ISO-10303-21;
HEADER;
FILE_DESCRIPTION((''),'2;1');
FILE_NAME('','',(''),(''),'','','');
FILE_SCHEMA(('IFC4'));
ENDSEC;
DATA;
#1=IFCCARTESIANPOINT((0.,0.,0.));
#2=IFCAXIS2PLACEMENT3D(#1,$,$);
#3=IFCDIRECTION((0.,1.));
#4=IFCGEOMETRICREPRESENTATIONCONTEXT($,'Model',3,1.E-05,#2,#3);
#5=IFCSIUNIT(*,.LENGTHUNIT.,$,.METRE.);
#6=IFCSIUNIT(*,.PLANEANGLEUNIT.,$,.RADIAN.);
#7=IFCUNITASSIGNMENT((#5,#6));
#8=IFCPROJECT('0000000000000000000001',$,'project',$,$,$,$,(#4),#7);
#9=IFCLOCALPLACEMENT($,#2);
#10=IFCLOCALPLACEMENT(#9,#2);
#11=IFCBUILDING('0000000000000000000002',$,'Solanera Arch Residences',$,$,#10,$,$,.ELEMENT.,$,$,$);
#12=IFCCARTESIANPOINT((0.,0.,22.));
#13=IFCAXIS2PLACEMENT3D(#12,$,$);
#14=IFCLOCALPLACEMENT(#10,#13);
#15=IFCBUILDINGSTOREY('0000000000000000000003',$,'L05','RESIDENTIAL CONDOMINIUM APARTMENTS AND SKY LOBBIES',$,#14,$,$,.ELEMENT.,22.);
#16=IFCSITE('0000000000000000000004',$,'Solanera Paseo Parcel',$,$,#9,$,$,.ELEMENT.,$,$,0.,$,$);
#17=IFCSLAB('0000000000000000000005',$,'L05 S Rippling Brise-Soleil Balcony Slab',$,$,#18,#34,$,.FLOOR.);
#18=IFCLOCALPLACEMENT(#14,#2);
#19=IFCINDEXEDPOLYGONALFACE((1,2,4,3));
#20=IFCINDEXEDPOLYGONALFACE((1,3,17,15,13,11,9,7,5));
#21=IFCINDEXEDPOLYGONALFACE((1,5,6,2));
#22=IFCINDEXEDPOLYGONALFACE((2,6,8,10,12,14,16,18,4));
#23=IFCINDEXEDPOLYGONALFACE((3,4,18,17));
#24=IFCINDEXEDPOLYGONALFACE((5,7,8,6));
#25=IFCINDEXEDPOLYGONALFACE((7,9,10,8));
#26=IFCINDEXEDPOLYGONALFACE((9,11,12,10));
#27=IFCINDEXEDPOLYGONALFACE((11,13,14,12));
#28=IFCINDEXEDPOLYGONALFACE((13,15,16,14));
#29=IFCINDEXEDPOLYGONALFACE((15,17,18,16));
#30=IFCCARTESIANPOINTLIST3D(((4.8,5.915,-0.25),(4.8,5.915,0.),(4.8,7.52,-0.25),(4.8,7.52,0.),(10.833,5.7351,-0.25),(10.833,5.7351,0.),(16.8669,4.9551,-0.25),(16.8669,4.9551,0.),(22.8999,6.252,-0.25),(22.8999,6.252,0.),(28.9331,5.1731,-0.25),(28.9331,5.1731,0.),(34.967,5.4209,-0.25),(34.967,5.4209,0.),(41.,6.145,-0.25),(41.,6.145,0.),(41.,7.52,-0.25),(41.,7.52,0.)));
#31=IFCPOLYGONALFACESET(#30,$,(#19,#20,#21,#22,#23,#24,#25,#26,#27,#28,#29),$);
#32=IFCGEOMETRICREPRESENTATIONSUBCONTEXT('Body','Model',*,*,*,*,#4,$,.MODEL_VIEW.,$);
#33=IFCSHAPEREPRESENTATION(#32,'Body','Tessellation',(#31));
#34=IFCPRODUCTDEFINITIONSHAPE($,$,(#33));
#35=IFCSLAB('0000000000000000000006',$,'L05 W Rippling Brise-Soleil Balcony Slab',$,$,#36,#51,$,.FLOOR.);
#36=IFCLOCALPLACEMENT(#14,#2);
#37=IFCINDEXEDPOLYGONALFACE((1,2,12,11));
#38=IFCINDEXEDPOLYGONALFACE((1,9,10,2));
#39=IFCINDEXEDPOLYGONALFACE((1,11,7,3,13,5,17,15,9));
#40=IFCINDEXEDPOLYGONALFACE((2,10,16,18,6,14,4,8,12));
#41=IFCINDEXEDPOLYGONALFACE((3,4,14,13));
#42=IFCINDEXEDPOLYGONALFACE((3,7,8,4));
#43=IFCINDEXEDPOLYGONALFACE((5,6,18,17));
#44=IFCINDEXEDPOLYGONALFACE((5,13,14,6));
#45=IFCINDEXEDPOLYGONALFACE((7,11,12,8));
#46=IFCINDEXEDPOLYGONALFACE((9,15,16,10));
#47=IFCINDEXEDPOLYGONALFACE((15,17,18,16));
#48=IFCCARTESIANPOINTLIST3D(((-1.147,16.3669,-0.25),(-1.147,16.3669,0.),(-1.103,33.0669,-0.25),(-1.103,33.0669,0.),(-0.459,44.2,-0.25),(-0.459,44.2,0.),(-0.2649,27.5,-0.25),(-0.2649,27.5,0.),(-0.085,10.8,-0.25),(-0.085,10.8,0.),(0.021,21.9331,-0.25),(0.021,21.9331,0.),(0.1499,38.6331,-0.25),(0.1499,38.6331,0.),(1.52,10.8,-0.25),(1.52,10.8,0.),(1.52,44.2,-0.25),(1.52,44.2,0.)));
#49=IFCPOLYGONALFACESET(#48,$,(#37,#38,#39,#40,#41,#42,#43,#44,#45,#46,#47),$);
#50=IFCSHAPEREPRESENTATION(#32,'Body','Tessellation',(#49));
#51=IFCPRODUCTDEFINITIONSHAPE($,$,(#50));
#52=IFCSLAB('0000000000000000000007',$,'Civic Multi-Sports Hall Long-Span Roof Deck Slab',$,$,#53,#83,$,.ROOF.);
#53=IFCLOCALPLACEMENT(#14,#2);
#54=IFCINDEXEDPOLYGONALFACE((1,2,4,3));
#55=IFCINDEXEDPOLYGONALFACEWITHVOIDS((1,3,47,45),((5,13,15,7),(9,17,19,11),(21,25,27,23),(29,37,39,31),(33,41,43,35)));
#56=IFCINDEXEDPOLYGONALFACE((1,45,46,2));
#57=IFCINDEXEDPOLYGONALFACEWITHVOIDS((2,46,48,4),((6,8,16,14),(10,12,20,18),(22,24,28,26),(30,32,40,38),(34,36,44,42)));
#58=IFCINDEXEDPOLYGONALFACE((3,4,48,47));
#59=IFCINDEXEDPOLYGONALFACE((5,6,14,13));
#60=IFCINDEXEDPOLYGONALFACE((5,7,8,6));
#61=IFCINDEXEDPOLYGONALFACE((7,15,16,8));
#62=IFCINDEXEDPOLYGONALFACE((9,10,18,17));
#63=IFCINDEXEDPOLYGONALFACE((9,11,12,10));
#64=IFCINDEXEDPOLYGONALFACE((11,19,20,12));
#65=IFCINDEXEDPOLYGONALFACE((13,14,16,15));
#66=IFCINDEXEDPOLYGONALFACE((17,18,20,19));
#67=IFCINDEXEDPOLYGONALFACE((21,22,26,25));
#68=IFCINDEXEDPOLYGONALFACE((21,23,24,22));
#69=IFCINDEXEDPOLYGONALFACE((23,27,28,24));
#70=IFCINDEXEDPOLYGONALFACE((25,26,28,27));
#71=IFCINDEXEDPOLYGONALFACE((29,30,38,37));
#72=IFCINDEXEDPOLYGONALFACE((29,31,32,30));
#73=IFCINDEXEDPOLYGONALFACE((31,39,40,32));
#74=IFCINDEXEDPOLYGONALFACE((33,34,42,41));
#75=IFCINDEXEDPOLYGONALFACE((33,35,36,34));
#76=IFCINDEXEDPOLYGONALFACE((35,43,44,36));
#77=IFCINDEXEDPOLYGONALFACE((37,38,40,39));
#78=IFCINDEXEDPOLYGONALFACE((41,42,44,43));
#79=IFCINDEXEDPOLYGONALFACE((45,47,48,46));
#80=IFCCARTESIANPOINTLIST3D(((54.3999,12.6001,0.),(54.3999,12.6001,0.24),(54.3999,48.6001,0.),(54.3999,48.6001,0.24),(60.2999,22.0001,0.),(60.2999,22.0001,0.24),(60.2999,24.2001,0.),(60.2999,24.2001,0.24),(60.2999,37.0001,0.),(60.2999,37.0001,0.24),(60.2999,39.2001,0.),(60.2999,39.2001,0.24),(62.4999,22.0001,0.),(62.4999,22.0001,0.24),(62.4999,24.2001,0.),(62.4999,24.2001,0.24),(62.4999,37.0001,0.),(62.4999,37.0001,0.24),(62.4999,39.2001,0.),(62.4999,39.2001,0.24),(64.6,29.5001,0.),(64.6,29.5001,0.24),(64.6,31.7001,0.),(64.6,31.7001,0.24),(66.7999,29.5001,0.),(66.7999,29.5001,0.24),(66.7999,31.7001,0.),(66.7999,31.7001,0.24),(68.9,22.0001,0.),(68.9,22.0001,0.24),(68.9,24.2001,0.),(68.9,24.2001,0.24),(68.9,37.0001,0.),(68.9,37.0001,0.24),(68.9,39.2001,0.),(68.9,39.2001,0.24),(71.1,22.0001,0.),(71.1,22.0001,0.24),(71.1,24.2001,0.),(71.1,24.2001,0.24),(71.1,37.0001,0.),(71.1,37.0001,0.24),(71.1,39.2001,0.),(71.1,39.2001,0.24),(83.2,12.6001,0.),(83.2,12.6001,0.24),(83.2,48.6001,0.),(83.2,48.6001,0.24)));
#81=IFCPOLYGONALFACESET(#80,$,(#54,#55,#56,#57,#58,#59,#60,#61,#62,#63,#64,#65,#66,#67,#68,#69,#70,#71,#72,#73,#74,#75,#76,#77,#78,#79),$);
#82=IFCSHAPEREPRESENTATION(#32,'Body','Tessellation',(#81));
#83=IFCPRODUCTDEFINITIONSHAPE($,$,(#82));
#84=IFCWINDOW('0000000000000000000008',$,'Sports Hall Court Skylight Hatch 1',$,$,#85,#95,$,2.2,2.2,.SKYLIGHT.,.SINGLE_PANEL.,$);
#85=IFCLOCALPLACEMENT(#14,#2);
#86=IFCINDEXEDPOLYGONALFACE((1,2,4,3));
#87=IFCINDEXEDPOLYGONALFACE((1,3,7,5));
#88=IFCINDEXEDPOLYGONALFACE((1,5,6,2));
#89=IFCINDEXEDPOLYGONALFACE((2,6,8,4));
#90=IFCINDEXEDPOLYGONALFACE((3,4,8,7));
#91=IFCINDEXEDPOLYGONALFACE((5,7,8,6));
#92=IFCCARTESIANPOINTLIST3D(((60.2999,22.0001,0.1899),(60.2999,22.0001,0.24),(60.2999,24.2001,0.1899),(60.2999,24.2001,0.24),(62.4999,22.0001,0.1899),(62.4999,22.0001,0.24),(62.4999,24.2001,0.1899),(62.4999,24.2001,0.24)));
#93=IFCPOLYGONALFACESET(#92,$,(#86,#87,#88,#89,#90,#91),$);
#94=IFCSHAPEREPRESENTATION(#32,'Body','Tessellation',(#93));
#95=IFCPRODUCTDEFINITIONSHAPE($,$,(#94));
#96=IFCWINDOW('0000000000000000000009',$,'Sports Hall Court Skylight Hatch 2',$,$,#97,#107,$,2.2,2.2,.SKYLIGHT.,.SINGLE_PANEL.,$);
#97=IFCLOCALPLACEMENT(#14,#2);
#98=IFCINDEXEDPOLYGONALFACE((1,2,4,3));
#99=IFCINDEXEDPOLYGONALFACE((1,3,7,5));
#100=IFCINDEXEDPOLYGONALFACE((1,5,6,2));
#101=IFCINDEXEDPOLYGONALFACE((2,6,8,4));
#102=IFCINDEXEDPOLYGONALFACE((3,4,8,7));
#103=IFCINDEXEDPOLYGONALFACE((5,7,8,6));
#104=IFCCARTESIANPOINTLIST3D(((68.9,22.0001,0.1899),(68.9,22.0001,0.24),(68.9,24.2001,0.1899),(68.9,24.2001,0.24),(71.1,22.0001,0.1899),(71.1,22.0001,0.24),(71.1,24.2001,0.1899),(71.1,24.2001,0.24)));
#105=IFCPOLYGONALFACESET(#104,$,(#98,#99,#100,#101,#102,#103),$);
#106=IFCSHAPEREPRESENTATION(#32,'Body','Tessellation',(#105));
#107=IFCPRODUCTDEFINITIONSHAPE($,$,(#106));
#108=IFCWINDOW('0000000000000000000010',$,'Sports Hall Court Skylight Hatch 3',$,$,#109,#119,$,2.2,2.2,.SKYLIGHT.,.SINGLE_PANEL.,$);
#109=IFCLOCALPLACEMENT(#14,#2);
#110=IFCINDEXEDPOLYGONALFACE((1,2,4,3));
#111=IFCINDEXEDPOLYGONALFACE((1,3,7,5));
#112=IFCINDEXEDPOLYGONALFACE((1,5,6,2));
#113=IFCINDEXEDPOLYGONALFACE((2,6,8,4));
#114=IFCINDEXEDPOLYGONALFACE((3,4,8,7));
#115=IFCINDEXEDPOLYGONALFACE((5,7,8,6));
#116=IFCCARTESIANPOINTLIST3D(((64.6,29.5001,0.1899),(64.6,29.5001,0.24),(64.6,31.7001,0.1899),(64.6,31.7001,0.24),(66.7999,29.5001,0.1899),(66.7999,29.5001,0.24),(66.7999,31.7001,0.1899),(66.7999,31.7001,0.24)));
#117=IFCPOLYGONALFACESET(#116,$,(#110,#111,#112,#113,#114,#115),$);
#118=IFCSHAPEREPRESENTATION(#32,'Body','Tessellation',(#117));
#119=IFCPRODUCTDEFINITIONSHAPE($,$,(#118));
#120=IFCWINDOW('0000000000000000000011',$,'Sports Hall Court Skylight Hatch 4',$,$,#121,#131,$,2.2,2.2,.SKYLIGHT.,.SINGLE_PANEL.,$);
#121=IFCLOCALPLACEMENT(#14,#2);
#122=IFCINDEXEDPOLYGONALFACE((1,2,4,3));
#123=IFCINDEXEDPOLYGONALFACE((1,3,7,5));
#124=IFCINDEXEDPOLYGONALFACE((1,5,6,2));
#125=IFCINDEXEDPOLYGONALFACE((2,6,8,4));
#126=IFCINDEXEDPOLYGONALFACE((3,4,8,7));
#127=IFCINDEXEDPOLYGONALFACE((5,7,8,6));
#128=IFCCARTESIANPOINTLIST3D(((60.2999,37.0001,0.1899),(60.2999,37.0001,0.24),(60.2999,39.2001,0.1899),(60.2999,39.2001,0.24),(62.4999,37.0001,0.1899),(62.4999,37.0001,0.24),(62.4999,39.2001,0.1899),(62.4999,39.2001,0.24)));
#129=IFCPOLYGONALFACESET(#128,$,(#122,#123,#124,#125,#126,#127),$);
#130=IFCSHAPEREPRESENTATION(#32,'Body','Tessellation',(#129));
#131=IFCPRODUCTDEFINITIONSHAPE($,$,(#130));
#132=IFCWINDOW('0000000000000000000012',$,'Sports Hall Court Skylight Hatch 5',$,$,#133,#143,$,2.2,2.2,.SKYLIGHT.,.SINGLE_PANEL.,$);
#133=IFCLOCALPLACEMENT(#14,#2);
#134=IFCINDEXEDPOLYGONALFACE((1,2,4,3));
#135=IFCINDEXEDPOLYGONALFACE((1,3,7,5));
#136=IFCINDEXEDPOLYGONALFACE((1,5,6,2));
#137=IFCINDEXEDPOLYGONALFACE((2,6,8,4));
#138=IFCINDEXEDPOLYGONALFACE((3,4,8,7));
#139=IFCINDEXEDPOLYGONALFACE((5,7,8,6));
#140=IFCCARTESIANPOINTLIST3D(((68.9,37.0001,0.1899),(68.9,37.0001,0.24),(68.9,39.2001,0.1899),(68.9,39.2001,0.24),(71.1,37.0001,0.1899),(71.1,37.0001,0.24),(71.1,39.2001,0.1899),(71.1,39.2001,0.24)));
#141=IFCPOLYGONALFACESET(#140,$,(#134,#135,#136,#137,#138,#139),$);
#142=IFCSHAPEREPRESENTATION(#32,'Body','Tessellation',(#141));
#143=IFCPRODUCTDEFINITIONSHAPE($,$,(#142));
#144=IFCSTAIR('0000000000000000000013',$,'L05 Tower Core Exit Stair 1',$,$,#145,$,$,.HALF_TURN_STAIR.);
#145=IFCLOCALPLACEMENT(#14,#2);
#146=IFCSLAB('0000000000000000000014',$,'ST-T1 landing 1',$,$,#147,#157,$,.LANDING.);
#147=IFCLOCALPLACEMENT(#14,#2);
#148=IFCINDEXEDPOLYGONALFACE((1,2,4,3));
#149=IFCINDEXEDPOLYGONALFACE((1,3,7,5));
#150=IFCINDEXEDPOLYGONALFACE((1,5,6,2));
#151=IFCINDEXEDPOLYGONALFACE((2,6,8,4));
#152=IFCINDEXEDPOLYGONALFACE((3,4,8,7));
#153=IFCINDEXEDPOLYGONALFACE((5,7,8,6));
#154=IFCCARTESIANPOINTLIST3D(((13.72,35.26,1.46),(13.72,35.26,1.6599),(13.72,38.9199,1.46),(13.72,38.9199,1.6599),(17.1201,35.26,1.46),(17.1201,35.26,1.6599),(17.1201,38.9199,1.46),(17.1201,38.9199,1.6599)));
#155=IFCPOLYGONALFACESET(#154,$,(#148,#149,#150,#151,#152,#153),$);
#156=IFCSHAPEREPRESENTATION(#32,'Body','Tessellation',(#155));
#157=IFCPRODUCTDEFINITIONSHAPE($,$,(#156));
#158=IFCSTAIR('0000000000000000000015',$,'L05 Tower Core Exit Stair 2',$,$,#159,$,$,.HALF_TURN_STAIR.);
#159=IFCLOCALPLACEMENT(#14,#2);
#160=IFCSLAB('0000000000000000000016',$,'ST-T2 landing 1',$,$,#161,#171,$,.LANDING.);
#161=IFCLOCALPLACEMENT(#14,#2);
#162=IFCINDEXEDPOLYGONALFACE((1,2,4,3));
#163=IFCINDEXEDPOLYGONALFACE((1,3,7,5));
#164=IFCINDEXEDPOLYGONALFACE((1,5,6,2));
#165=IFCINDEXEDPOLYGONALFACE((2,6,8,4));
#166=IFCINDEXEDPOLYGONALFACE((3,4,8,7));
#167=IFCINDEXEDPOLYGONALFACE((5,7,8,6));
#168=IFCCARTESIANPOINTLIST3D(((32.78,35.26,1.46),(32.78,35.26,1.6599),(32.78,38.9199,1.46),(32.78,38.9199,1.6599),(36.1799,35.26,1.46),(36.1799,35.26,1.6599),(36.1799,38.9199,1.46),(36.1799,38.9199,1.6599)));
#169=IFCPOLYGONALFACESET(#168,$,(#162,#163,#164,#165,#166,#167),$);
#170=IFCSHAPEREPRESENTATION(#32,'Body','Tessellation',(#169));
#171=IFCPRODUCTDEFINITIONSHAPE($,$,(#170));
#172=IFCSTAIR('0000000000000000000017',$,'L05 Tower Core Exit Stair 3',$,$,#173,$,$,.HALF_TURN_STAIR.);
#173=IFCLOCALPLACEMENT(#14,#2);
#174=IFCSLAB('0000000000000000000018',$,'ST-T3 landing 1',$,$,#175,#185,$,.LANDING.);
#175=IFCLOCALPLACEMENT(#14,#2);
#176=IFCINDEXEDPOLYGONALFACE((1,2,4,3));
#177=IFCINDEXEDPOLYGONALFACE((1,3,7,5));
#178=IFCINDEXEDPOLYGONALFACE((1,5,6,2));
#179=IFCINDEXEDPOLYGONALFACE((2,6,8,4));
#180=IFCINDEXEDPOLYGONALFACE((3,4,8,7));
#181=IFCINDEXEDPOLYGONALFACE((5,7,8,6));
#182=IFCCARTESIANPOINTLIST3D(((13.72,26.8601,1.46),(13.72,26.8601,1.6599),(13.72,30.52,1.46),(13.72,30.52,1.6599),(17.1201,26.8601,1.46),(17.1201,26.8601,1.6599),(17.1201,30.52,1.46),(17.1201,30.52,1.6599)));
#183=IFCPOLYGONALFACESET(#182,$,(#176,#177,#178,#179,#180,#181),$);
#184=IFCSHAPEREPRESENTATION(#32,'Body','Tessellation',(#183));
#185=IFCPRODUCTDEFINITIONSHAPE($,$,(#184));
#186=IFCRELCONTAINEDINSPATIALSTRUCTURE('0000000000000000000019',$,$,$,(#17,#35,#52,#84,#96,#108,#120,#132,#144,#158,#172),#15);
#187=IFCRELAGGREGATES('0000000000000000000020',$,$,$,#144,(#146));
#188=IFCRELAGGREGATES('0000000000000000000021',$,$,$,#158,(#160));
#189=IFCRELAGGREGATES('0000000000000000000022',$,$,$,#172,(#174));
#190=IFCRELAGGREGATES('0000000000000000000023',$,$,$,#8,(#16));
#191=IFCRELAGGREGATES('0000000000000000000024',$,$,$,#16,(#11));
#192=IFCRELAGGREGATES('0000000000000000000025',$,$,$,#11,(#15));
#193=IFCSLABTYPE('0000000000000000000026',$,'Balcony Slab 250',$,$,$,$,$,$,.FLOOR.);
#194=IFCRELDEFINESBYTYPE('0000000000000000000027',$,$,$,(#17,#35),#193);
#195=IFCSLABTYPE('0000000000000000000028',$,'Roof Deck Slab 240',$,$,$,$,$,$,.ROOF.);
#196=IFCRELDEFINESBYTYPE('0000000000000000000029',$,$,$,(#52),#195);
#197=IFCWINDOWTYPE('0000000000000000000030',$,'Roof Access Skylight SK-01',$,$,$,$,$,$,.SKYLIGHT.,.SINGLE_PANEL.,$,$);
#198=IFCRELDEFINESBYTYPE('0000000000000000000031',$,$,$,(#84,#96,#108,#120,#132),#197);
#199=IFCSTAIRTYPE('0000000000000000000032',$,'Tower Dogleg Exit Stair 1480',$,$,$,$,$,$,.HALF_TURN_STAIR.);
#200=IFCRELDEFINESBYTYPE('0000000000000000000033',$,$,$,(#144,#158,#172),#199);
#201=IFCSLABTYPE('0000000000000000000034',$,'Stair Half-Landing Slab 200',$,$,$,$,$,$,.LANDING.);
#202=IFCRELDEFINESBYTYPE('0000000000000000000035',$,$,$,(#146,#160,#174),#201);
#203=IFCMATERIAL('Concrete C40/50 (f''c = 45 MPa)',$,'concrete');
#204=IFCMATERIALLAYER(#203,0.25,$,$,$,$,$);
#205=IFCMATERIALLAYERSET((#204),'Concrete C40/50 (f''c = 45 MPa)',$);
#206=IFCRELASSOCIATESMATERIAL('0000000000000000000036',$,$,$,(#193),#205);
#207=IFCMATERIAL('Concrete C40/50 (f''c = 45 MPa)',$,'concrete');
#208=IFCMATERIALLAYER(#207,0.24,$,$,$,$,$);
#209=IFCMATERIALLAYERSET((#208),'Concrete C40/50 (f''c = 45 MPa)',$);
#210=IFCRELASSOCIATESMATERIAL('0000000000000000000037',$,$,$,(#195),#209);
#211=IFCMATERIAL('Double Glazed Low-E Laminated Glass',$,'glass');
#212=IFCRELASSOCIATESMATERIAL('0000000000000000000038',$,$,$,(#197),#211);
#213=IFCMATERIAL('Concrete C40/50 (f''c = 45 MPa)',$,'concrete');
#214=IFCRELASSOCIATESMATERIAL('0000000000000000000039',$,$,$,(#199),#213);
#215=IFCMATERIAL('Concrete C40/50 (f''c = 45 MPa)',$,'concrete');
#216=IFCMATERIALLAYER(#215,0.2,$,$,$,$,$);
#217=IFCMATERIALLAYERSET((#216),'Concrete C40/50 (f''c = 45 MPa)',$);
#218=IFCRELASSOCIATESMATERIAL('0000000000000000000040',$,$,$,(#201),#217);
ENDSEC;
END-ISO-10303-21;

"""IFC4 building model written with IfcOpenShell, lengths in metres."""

from ifc_helpers import new_model, si_unit, direction, frame, origin, origin_2d, place, context, subcontext, project, spatial, polyline, rectangle, outline, extrude, material, layer, layer_set, type_object, element, fill, aggregate, save


model = new_model("IFC4")

# Units and contexts
model_context = context("Model", 3, precision=1e-05, world=origin(), true_north=direction((0.0, 1.0)))
body_context = subcontext(model_context, "Body", "Model", "MODEL_VIEW")
ifc_project = project(units=[si_unit("LENGTHUNIT", "METRE"), si_unit("PLANEANGLEUNIT", "RADIAN")], contexts=[model_context])

# Site, building, storey
site_placement = place(None, origin())
site = spatial("IfcSite", under=ifc_project, at=site_placement, Name="Solanera Paseo Parcel", CompositionType="ELEMENT", RefElevation=0.0)
building_placement = place(site_placement, origin())
building = spatial("IfcBuilding", under=site, at=building_placement, Name="Solanera Arch Residences", CompositionType="ELEMENT")
storey_placement = place(building_placement, frame((0.0, 0.0, 22.0)))
storey = spatial("IfcBuildingStorey", under=building, at=storey_placement, Name="L05", Description="RESIDENTIAL CONDOMINIUM APARTMENTS AND SKY LOBBIES", CompositionType="ELEMENT", Elevation=22.0)

# Slabs
ifc_material_1 = material(Name="Concrete C40/50 (f'c = 45 MPa)", Category="concrete")
ifc_layer_1 = layer(ifc_material_1, 0.25)
ifc_layer_set_1 = layer_set([ifc_layer_1], Name="Concrete C40/50 (f'c = 45 MPa)")
slab_type_1 = type_object("IfcSlabType", Name="Balcony Slab 250", PredefinedType="FLOOR", material=ifc_layer_set_1)
slab_1_placement = place(storey_placement, frame((0.0, 0.0, -0.25)))
element("IfcSlab", 1, at=slab_1_placement, inside=storey, type_object=slab_type_1, Name="L05 S Rippling Brise-Soleil Balcony Slab", PredefinedType="FLOOR", context=body_context, shape_type="SweptSolid", body=[
    extrude(outline(polyline([(4.8, 5.915), (10.833, 5.7351), (16.8669, 4.9551), (22.8999, 6.252), (28.9331, 5.1731), (34.967, 5.4209), (41.0, 6.145), (41.0, 7.52), (4.8, 7.52), (4.8, 5.915)])), origin(), (0.0, 0.0, 1.0), 0.25),
])
slab_2_placement = place(storey_placement, frame((0.0, 0.0, -0.25)))
element("IfcSlab", 2, at=slab_2_placement, inside=storey, type_object=slab_type_1, Name="L05 W Rippling Brise-Soleil Balcony Slab", PredefinedType="FLOOR", context=body_context, shape_type="SweptSolid", body=[
    extrude(outline(polyline([(-0.459, 44.2), (0.1499, 38.6331), (-1.103, 33.0669), (-0.2649, 27.5), (0.021, 21.9331), (-1.147, 16.3669), (-0.085, 10.8), (1.52, 10.8), (1.52, 44.2), (-0.459, 44.2)])), origin(), (0.0, 0.0, 1.0), 0.25),
])

# Slab, openings, windows
ifc_material_2 = material(Name="Concrete C40/50 (f'c = 45 MPa)", Category="concrete")
ifc_layer_2 = layer(ifc_material_2, 0.24)
ifc_layer_set_2 = layer_set([ifc_layer_2], Name="Concrete C40/50 (f'c = 45 MPa)")
slab_type_2 = type_object("IfcSlabType", Name="Roof Deck Slab 240", PredefinedType="ROOF", material=ifc_layer_set_2)
slab_3_placement = place(storey_placement, origin())
slab_3 = element("IfcSlab", 3, at=slab_3_placement, inside=storey, type_object=slab_type_2, Name="Civic Multi-Sports Hall Long-Span Roof Deck Slab", PredefinedType="ROOF", context=body_context, shape_type="SweptSolid", body=[
    extrude(outline(polyline([(54.3999, 12.6001), (83.2, 12.6001), (83.2, 48.6001), (54.3999, 48.6001), (54.3999, 12.6001)])), origin(), (0.0, 0.0, 1.0), 0.24),
])
opening_1_placement = place(slab_3_placement, frame((61.3999, 23.1001, 0.0)))
opening_1 = element("IfcOpeningElement", 4, at=opening_1_placement, cuts=slab_3, PredefinedType="OPENING", context=body_context, shape_type="SweptSolid", body=[
    extrude(rectangle(XDim=2.2, YDim=2.2, at=origin_2d()), origin(), (0.0, 0.0, 1.0), 0.24),
])
opening_2_placement = place(slab_3_placement, frame((70.0, 23.1001, 0.0)))
opening_2 = element("IfcOpeningElement", 5, at=opening_2_placement, cuts=slab_3, PredefinedType="OPENING", context=body_context, shape_type="SweptSolid", body=[
    extrude(rectangle(XDim=2.2, YDim=2.2, at=origin_2d()), origin(), (0.0, 0.0, 1.0), 0.24),
])
opening_3_placement = place(slab_3_placement, frame((65.7, 30.6001, 0.0)))
opening_3 = element("IfcOpeningElement", 6, at=opening_3_placement, cuts=slab_3, PredefinedType="OPENING", context=body_context, shape_type="SweptSolid", body=[
    extrude(rectangle(XDim=2.2, YDim=2.2, at=origin_2d()), origin(), (0.0, 0.0, 1.0), 0.24),
])
opening_4_placement = place(slab_3_placement, frame((61.3999, 38.1001, 0.0)))
opening_4 = element("IfcOpeningElement", 7, at=opening_4_placement, cuts=slab_3, PredefinedType="OPENING", context=body_context, shape_type="SweptSolid", body=[
    extrude(rectangle(XDim=2.2, YDim=2.2, at=origin_2d()), origin(), (0.0, 0.0, 1.0), 0.24),
])
opening_5_placement = place(slab_3_placement, frame((70.0, 38.1001, 0.0)))
opening_5 = element("IfcOpeningElement", 8, at=opening_5_placement, cuts=slab_3, PredefinedType="OPENING", context=body_context, shape_type="SweptSolid", body=[
    extrude(rectangle(XDim=2.2, YDim=2.2, at=origin_2d()), origin(), (0.0, 0.0, 1.0), 0.24),
])
ifc_material_3 = material(Name="Double Glazed Low-E Laminated Glass", Category="glass")
window_type = type_object("IfcWindowType", Name="Roof Access Skylight SK-01", PartitioningType="SINGLE_PANEL", PredefinedType="SKYLIGHT", material=ifc_material_3)
window_1_placement = place(opening_1_placement, frame((0.0, 0.0, 0.1899)))
window_1 = element("IfcWindow", 9, at=window_1_placement, inside=storey, type_object=window_type, Name="Sports Hall Court Skylight Hatch 1", OverallHeight=2.2, OverallWidth=2.2, PartitioningType="SINGLE_PANEL", PredefinedType="SKYLIGHT", context=body_context, shape_type="SweptSolid", body=[
    extrude(rectangle(XDim=2.2, YDim=2.2, at=origin_2d()), origin(), (0.0, 0.0, 1.0), 0.05),
])
fill(opening_1, window_1)
window_2_placement = place(opening_2_placement, frame((0.0, 0.0, 0.1899)))
window_2 = element("IfcWindow", 10, at=window_2_placement, inside=storey, type_object=window_type, Name="Sports Hall Court Skylight Hatch 2", OverallHeight=2.2, OverallWidth=2.2, PartitioningType="SINGLE_PANEL", PredefinedType="SKYLIGHT", context=body_context, shape_type="SweptSolid", body=[
    extrude(rectangle(XDim=2.2, YDim=2.2, at=origin_2d()), origin(), (0.0, 0.0, 1.0), 0.05),
])
fill(opening_2, window_2)
window_3_placement = place(opening_3_placement, frame((0.0, 0.0, 0.1899)))
window_3 = element("IfcWindow", 11, at=window_3_placement, inside=storey, type_object=window_type, Name="Sports Hall Court Skylight Hatch 3", OverallHeight=2.2, OverallWidth=2.2, PartitioningType="SINGLE_PANEL", PredefinedType="SKYLIGHT", context=body_context, shape_type="SweptSolid", body=[
    extrude(rectangle(XDim=2.2, YDim=2.2, at=origin_2d()), origin(), (0.0, 0.0, 1.0), 0.05),
])
fill(opening_3, window_3)
window_4_placement = place(opening_4_placement, frame((0.0, 0.0, 0.1899)))
window_4 = element("IfcWindow", 12, at=window_4_placement, inside=storey, type_object=window_type, Name="Sports Hall Court Skylight Hatch 4", OverallHeight=2.2, OverallWidth=2.2, PartitioningType="SINGLE_PANEL", PredefinedType="SKYLIGHT", context=body_context, shape_type="SweptSolid", body=[
    extrude(rectangle(XDim=2.2, YDim=2.2, at=origin_2d()), origin(), (0.0, 0.0, 1.0), 0.05),
])
fill(opening_4, window_4)
window_5_placement = place(opening_5_placement, frame((0.0, 0.0, 0.1899)))
window_5 = element("IfcWindow", 13, at=window_5_placement, inside=storey, type_object=window_type, Name="Sports Hall Court Skylight Hatch 5", OverallHeight=2.2, OverallWidth=2.2, PartitioningType="SINGLE_PANEL", PredefinedType="SKYLIGHT", context=body_context, shape_type="SweptSolid", body=[
    extrude(rectangle(XDim=2.2, YDim=2.2, at=origin_2d()), origin(), (0.0, 0.0, 1.0), 0.05),
])
fill(opening_5, window_5)

# Stairs, slabs
ifc_material_4 = material(Name="Concrete C40/50 (f'c = 45 MPa)", Category="concrete")
stair_type = type_object("IfcStairType", Name="Tower Dogleg Exit Stair 1480", PredefinedType="HALF_TURN_STAIR", material=ifc_material_4)
stair_1_placement = place(storey_placement, origin())
stair_1 = element("IfcStair", 14, at=stair_1_placement, inside=storey, type_object=stair_type, Name="L05 Tower Core Exit Stair 1", PredefinedType="HALF_TURN_STAIR")
ifc_material_5 = material(Name="Concrete C40/50 (f'c = 45 MPa)", Category="concrete")
ifc_layer_3 = layer(ifc_material_5, 0.2)
ifc_layer_set_3 = layer_set([ifc_layer_3], Name="Concrete C40/50 (f'c = 45 MPa)")
slab_type_3 = type_object("IfcSlabType", Name="Stair Half-Landing Slab 200", PredefinedType="LANDING", material=ifc_layer_set_3)
slab_4_placement = place(storey_placement, frame((0.0, 0.0, 1.46)))
slab_4 = element("IfcSlab", 15, at=slab_4_placement, type_object=slab_type_3, Name="ST-T1 landing 1", PredefinedType="LANDING", context=body_context, shape_type="SweptSolid", body=[
    extrude(outline(polyline([(17.1201, 35.26), (17.1201, 38.9199), (13.72, 38.9199), (13.72, 35.26), (17.1201, 35.26)])), origin(), (0.0, 0.0, 1.0), 0.2),
])
aggregate(stair_1, [slab_4])
stair_2_placement = place(storey_placement, origin())
stair_2 = element("IfcStair", 16, at=stair_2_placement, inside=storey, type_object=stair_type, Name="L05 Tower Core Exit Stair 2", PredefinedType="HALF_TURN_STAIR")
slab_5_placement = place(storey_placement, frame((0.0, 0.0, 1.46)))
slab_5 = element("IfcSlab", 17, at=slab_5_placement, type_object=slab_type_3, Name="ST-T2 landing 1", PredefinedType="LANDING", context=body_context, shape_type="SweptSolid", body=[
    extrude(outline(polyline([(36.1799, 35.26), (36.1799, 38.9199), (32.78, 38.9199), (32.78, 35.26), (36.1799, 35.26)])), origin(), (0.0, 0.0, 1.0), 0.2),
])
aggregate(stair_2, [slab_5])
stair_3_placement = place(storey_placement, origin())
stair_3 = element("IfcStair", 18, at=stair_3_placement, inside=storey, type_object=stair_type, Name="L05 Tower Core Exit Stair 3", PredefinedType="HALF_TURN_STAIR")
slab_6_placement = place(storey_placement, frame((0.0, 0.0, 1.46)))
slab_6 = element("IfcSlab", 19, at=slab_6_placement, type_object=slab_type_3, Name="ST-T3 landing 1", PredefinedType="LANDING", context=body_context, shape_type="SweptSolid", body=[
    extrude(outline(polyline([(17.1201, 26.8601), (17.1201, 30.52), (13.72, 30.52), (13.72, 26.8601), (17.1201, 26.8601)])), origin(), (0.0, 0.0, 1.0), 0.2),
])
aggregate(stair_3, [slab_6])

save(model, "model.ifc")
